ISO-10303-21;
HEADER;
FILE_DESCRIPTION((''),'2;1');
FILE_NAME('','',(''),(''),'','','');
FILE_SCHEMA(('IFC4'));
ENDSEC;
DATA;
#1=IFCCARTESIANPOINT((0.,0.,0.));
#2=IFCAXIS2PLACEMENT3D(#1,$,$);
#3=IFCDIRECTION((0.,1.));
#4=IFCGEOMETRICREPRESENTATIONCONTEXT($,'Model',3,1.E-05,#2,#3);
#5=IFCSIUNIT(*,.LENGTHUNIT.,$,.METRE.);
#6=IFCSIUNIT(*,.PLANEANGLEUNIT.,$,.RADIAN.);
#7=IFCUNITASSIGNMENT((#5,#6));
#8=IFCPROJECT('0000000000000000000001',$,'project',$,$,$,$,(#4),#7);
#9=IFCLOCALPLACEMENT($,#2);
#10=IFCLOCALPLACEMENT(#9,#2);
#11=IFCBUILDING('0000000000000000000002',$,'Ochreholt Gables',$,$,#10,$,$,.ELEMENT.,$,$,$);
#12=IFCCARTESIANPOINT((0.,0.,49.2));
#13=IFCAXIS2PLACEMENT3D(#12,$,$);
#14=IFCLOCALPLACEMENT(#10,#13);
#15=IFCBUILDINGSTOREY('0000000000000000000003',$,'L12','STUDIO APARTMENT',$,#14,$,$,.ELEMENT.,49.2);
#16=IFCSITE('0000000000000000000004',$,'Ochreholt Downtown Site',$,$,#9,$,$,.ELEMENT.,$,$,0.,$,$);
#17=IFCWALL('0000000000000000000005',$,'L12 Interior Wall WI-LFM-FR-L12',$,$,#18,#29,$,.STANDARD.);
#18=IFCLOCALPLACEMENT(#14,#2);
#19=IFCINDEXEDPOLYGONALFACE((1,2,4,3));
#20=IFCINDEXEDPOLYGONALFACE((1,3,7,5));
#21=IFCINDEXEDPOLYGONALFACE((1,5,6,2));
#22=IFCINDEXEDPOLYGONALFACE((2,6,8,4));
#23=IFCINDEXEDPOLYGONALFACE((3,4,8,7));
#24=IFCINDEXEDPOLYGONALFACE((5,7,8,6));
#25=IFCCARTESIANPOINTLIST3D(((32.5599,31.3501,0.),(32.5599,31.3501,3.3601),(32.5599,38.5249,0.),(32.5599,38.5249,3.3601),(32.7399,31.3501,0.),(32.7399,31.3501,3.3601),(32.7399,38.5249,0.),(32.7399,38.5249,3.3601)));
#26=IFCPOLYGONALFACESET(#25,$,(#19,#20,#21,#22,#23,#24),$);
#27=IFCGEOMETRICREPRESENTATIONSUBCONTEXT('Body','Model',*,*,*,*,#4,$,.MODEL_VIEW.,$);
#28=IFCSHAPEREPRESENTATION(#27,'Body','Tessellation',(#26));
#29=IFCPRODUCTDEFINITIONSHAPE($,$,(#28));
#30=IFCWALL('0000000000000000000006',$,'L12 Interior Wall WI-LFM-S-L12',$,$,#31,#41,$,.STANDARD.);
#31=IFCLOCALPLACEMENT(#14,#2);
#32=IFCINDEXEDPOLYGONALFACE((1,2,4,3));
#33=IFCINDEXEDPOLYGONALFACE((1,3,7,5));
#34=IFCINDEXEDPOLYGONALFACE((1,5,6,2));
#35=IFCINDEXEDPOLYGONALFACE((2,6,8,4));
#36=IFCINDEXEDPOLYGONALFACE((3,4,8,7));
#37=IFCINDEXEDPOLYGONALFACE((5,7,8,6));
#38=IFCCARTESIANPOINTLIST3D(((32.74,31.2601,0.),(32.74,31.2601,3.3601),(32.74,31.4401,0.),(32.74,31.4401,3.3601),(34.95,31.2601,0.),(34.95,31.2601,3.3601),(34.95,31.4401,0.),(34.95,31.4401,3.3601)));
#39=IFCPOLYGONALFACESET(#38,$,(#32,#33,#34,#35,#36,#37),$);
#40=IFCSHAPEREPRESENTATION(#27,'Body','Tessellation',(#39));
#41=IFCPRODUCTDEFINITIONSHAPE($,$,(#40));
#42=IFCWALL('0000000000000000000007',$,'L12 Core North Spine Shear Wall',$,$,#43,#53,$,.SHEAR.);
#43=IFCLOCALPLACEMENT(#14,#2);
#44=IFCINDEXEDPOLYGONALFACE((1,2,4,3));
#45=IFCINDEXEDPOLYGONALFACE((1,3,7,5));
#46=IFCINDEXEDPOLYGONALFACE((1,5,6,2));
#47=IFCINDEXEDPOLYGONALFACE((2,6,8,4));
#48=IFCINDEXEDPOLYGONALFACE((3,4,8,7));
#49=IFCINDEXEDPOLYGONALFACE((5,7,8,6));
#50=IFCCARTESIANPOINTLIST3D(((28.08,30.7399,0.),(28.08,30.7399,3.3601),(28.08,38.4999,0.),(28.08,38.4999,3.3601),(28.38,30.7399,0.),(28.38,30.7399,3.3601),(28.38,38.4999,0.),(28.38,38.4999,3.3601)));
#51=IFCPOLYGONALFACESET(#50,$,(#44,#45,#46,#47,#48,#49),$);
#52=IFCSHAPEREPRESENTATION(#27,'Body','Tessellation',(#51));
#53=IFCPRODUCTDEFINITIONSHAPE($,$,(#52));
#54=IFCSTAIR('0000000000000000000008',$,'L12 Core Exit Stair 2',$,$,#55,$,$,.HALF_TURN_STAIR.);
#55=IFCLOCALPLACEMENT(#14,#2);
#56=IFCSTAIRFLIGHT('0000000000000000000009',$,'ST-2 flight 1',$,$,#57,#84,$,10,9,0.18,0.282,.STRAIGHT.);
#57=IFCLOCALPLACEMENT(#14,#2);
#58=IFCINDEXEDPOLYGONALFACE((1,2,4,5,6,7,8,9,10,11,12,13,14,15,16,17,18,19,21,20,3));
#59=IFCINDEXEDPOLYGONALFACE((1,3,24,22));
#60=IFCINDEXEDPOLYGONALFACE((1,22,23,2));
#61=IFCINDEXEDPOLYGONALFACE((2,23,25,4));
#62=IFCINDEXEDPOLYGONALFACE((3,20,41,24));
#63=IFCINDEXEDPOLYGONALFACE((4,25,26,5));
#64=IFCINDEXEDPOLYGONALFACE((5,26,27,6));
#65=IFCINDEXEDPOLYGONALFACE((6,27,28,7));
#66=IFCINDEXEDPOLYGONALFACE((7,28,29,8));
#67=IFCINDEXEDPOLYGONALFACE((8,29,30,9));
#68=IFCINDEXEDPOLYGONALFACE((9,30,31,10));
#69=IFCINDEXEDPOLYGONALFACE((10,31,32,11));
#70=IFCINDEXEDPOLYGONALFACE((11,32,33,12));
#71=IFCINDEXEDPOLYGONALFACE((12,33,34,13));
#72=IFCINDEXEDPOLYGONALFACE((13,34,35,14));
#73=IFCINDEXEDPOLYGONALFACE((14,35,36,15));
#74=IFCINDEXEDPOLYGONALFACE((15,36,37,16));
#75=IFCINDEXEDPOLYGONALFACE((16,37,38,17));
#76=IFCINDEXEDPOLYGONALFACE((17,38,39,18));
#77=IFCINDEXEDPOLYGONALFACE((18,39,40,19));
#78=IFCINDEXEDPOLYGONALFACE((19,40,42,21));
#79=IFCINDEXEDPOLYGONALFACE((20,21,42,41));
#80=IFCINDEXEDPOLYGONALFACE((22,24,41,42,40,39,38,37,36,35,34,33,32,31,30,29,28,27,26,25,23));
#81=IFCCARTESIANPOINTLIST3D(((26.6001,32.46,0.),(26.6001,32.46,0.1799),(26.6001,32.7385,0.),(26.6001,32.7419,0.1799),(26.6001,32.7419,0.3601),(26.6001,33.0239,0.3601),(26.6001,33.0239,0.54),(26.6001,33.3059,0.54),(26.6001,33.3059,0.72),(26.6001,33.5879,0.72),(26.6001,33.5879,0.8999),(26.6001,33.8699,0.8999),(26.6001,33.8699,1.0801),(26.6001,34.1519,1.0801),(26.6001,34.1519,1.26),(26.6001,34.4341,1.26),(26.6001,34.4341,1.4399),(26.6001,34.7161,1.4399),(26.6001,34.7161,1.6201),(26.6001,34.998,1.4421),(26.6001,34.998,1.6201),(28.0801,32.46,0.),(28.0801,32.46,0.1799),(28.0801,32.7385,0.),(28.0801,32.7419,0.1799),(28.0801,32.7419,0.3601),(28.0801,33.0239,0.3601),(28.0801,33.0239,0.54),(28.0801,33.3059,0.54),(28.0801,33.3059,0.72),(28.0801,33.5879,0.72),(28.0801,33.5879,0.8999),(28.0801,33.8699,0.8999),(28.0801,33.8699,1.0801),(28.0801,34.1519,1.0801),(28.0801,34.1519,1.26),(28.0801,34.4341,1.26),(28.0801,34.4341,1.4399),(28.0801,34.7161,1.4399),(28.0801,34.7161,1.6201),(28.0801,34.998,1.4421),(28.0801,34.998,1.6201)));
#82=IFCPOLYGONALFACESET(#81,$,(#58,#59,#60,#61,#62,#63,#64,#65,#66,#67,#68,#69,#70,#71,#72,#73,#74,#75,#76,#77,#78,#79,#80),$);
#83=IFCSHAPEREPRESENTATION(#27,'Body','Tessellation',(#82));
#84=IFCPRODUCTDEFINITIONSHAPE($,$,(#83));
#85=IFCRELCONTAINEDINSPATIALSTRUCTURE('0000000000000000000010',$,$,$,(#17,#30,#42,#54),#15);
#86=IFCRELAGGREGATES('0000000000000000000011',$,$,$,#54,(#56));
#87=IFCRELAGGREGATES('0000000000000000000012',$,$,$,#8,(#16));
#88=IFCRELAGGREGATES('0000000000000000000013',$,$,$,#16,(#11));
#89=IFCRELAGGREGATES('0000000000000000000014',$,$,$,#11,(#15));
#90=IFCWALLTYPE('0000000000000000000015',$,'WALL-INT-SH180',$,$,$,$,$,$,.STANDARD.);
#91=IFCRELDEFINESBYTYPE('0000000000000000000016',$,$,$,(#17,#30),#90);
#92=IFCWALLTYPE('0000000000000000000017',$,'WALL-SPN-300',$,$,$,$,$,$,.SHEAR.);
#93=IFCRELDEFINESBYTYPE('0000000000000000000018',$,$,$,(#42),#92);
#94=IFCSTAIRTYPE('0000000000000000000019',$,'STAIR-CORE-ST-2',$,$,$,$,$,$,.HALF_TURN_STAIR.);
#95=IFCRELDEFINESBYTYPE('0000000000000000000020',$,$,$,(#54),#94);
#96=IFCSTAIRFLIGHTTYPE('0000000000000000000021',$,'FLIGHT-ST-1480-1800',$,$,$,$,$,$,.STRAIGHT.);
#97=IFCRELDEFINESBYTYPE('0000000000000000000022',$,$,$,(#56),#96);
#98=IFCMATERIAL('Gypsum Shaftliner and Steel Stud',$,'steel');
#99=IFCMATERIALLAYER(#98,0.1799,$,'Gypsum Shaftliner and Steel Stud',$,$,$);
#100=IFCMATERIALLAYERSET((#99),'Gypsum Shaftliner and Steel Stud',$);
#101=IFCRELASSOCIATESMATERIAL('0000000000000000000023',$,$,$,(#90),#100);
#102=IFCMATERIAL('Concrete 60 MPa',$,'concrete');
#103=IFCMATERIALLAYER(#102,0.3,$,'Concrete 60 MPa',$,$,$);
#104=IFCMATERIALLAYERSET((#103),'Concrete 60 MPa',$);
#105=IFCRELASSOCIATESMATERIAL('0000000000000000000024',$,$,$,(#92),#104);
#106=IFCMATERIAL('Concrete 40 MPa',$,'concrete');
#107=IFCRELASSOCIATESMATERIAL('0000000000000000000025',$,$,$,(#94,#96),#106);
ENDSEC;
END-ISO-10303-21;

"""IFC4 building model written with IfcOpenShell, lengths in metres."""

from ifc_helpers import new_model, si_unit, direction, frame, frame_2d, origin, place, context, subcontext, project, spatial, polyline, rectangle, outline, extrude, material, layer, layer_set, type_object, element, aggregate, save


model = new_model("IFC4")

# Units and contexts
model_context = context("Model", 3, precision=1e-05, world=origin(), true_north=direction((0.0, 1.0)))
body_context = subcontext(model_context, "Body", "Model", "MODEL_VIEW")
ifc_project = project(units=[si_unit("LENGTHUNIT", "METRE"), si_unit("PLANEANGLEUNIT", "RADIAN")], contexts=[model_context])

# Site, building, storey
site_placement = place(None, origin())
site = spatial("IfcSite", under=ifc_project, at=site_placement, Name="Ochreholt Downtown Site", CompositionType="ELEMENT", RefElevation=0.0)
building_placement = place(site_placement, origin())
building = spatial("IfcBuilding", under=site, at=building_placement, Name="Ochreholt Gables", CompositionType="ELEMENT")
storey_placement = place(building_placement, frame((0.0, 0.0, 49.2)))
storey = spatial("IfcBuildingStorey", under=building, at=storey_placement, Name="L12", Description="STUDIO APARTMENT", CompositionType="ELEMENT", Elevation=49.2)

# Shared definitions
ifc_material_1 = material(Name="Concrete 60 MPa", Category="concrete")

# Shared definitions
ifc_material_2 = material(Name="Concrete 40 MPa", Category="concrete")

# Walls
ifc_material_3 = material(Name="Gypsum Shaftliner and Steel Stud", Category="steel")
ifc_layer_1 = layer(ifc_material_3, 0.1799, Name="Gypsum Shaftliner and Steel Stud")
ifc_layer_set_1 = layer_set([ifc_layer_1], Name="Gypsum Shaftliner and Steel Stud")
wall_type_1 = type_object("IfcWallType", Name="WALL-INT-SH180", PredefinedType="STANDARD", material=ifc_layer_set_1)
wall_1_placement = place(storey_placement, frame((32.6499, 31.3501, 0.0), z_axis=(0.0, 0.0, 1.0), x_axis=(0.0, 1.0, 0.0)))
element("IfcWall", 1, at=wall_1_placement, inside=storey, type_object=wall_type_1, Name="L12 Interior Wall WI-LFM-FR-L12", PredefinedType="STANDARD", context=body_context, shape_type="SweptSolid", body=[
    extrude(rectangle(XDim=7.1748, YDim=0.1799, at=frame_2d((3.5874, 0.0))), origin(), (0.0, 0.0, 1.0), 3.3601),
])
wall_2_placement = place(storey_placement, frame((32.74, 31.3501, 0.0), z_axis=(0.0, 0.0, 1.0), x_axis=(1.0, 0.0, 0.0)))
element("IfcWall", 2, at=wall_2_placement, inside=storey, type_object=wall_type_1, Name="L12 Interior Wall WI-LFM-S-L12", PredefinedType="STANDARD", context=body_context, shape_type="SweptSolid", body=[
    extrude(rectangle(XDim=2.21, YDim=0.1799, at=frame_2d((1.105, 0.0))), origin(), (0.0, 0.0, 1.0), 3.3601),
])
ifc_layer_2 = layer(ifc_material_1, 0.3, Name="Concrete 60 MPa")
ifc_layer_set_2 = layer_set([ifc_layer_2], Name="Concrete 60 MPa")
wall_type_2 = type_object("IfcWallType", Name="WALL-SPN-300", PredefinedType="SHEAR", material=ifc_layer_set_2)
wall_3_placement = place(storey_placement, frame((28.23, 30.74, 0.0), z_axis=(0.0, 0.0, 1.0), x_axis=(0.0, 1.0, 0.0)))
element("IfcWall", 3, at=wall_3_placement, inside=storey, type_object=wall_type_2, Name="L12 Core North Spine Shear Wall", PredefinedType="SHEAR", context=body_context, shape_type="SweptSolid", body=[
    extrude(rectangle(XDim=7.76, YDim=0.3, at=frame_2d((3.8799, 0.0))), origin(), (0.0, 0.0, 1.0), 3.3601),
])

# Stair, stair flight
stair_type = type_object("IfcStairType", Name="STAIR-CORE-ST-2", PredefinedType="HALF_TURN_STAIR", material=ifc_material_2)
stair_placement = place(storey_placement, origin())
stair = element("IfcStair", 4, at=stair_placement, inside=storey, type_object=stair_type, Name="L12 Core Exit Stair 2", PredefinedType="HALF_TURN_STAIR")
stair_flight_type = type_object("IfcStairFlightType", Name="FLIGHT-ST-1480-1800", PredefinedType="STRAIGHT", material=ifc_material_2)
stair_flight_placement = place(storey_placement, frame((27.3401, 32.46, 0.0), z_axis=(0.0, 0.0, 1.0), x_axis=(0.0, 1.0, 0.0)))
stair_flight = element("IfcStairFlight", 5, at=stair_flight_placement, type_object=stair_flight_type, Name="ST-2 flight 1", NumberOfRisers=10, NumberOfTreads=9, PredefinedType="STRAIGHT", RiserHeight=0.18, TreadLength=0.282, context=body_context, shape_type="SweptSolid", body=[
    extrude(outline(polyline([(0.0, 0.0), (0.0, 0.1799), (0.282, 0.1799), (0.282, 0.3601), (0.564, 0.3601), (0.564, 0.54), (0.8459, 0.54), (0.8459, 0.72), (1.1279, 0.72), (1.1279, 0.8999), (1.4099, 0.8999), (1.4099, 1.0801), (1.6919, 1.0801), (1.6919, 1.26), (1.9741, 1.26), (1.9741, 1.4399), (2.2561, 1.4399), (2.2561, 1.6201), (2.5381, 1.6201), (2.5381, 1.8), (2.5381, 1.4421), (0.2786, 0.0), (0.0, 0.0)])), frame((0.0, 0.74, 0.0), z_axis=(0.0, -1.0, 0.0), x_axis=(1.0, 0.0, 0.0)), (0.0, 0.0, 1.0), 1.48),
])
aggregate(stair, [stair_flight])

save(model, "model.ifc")
